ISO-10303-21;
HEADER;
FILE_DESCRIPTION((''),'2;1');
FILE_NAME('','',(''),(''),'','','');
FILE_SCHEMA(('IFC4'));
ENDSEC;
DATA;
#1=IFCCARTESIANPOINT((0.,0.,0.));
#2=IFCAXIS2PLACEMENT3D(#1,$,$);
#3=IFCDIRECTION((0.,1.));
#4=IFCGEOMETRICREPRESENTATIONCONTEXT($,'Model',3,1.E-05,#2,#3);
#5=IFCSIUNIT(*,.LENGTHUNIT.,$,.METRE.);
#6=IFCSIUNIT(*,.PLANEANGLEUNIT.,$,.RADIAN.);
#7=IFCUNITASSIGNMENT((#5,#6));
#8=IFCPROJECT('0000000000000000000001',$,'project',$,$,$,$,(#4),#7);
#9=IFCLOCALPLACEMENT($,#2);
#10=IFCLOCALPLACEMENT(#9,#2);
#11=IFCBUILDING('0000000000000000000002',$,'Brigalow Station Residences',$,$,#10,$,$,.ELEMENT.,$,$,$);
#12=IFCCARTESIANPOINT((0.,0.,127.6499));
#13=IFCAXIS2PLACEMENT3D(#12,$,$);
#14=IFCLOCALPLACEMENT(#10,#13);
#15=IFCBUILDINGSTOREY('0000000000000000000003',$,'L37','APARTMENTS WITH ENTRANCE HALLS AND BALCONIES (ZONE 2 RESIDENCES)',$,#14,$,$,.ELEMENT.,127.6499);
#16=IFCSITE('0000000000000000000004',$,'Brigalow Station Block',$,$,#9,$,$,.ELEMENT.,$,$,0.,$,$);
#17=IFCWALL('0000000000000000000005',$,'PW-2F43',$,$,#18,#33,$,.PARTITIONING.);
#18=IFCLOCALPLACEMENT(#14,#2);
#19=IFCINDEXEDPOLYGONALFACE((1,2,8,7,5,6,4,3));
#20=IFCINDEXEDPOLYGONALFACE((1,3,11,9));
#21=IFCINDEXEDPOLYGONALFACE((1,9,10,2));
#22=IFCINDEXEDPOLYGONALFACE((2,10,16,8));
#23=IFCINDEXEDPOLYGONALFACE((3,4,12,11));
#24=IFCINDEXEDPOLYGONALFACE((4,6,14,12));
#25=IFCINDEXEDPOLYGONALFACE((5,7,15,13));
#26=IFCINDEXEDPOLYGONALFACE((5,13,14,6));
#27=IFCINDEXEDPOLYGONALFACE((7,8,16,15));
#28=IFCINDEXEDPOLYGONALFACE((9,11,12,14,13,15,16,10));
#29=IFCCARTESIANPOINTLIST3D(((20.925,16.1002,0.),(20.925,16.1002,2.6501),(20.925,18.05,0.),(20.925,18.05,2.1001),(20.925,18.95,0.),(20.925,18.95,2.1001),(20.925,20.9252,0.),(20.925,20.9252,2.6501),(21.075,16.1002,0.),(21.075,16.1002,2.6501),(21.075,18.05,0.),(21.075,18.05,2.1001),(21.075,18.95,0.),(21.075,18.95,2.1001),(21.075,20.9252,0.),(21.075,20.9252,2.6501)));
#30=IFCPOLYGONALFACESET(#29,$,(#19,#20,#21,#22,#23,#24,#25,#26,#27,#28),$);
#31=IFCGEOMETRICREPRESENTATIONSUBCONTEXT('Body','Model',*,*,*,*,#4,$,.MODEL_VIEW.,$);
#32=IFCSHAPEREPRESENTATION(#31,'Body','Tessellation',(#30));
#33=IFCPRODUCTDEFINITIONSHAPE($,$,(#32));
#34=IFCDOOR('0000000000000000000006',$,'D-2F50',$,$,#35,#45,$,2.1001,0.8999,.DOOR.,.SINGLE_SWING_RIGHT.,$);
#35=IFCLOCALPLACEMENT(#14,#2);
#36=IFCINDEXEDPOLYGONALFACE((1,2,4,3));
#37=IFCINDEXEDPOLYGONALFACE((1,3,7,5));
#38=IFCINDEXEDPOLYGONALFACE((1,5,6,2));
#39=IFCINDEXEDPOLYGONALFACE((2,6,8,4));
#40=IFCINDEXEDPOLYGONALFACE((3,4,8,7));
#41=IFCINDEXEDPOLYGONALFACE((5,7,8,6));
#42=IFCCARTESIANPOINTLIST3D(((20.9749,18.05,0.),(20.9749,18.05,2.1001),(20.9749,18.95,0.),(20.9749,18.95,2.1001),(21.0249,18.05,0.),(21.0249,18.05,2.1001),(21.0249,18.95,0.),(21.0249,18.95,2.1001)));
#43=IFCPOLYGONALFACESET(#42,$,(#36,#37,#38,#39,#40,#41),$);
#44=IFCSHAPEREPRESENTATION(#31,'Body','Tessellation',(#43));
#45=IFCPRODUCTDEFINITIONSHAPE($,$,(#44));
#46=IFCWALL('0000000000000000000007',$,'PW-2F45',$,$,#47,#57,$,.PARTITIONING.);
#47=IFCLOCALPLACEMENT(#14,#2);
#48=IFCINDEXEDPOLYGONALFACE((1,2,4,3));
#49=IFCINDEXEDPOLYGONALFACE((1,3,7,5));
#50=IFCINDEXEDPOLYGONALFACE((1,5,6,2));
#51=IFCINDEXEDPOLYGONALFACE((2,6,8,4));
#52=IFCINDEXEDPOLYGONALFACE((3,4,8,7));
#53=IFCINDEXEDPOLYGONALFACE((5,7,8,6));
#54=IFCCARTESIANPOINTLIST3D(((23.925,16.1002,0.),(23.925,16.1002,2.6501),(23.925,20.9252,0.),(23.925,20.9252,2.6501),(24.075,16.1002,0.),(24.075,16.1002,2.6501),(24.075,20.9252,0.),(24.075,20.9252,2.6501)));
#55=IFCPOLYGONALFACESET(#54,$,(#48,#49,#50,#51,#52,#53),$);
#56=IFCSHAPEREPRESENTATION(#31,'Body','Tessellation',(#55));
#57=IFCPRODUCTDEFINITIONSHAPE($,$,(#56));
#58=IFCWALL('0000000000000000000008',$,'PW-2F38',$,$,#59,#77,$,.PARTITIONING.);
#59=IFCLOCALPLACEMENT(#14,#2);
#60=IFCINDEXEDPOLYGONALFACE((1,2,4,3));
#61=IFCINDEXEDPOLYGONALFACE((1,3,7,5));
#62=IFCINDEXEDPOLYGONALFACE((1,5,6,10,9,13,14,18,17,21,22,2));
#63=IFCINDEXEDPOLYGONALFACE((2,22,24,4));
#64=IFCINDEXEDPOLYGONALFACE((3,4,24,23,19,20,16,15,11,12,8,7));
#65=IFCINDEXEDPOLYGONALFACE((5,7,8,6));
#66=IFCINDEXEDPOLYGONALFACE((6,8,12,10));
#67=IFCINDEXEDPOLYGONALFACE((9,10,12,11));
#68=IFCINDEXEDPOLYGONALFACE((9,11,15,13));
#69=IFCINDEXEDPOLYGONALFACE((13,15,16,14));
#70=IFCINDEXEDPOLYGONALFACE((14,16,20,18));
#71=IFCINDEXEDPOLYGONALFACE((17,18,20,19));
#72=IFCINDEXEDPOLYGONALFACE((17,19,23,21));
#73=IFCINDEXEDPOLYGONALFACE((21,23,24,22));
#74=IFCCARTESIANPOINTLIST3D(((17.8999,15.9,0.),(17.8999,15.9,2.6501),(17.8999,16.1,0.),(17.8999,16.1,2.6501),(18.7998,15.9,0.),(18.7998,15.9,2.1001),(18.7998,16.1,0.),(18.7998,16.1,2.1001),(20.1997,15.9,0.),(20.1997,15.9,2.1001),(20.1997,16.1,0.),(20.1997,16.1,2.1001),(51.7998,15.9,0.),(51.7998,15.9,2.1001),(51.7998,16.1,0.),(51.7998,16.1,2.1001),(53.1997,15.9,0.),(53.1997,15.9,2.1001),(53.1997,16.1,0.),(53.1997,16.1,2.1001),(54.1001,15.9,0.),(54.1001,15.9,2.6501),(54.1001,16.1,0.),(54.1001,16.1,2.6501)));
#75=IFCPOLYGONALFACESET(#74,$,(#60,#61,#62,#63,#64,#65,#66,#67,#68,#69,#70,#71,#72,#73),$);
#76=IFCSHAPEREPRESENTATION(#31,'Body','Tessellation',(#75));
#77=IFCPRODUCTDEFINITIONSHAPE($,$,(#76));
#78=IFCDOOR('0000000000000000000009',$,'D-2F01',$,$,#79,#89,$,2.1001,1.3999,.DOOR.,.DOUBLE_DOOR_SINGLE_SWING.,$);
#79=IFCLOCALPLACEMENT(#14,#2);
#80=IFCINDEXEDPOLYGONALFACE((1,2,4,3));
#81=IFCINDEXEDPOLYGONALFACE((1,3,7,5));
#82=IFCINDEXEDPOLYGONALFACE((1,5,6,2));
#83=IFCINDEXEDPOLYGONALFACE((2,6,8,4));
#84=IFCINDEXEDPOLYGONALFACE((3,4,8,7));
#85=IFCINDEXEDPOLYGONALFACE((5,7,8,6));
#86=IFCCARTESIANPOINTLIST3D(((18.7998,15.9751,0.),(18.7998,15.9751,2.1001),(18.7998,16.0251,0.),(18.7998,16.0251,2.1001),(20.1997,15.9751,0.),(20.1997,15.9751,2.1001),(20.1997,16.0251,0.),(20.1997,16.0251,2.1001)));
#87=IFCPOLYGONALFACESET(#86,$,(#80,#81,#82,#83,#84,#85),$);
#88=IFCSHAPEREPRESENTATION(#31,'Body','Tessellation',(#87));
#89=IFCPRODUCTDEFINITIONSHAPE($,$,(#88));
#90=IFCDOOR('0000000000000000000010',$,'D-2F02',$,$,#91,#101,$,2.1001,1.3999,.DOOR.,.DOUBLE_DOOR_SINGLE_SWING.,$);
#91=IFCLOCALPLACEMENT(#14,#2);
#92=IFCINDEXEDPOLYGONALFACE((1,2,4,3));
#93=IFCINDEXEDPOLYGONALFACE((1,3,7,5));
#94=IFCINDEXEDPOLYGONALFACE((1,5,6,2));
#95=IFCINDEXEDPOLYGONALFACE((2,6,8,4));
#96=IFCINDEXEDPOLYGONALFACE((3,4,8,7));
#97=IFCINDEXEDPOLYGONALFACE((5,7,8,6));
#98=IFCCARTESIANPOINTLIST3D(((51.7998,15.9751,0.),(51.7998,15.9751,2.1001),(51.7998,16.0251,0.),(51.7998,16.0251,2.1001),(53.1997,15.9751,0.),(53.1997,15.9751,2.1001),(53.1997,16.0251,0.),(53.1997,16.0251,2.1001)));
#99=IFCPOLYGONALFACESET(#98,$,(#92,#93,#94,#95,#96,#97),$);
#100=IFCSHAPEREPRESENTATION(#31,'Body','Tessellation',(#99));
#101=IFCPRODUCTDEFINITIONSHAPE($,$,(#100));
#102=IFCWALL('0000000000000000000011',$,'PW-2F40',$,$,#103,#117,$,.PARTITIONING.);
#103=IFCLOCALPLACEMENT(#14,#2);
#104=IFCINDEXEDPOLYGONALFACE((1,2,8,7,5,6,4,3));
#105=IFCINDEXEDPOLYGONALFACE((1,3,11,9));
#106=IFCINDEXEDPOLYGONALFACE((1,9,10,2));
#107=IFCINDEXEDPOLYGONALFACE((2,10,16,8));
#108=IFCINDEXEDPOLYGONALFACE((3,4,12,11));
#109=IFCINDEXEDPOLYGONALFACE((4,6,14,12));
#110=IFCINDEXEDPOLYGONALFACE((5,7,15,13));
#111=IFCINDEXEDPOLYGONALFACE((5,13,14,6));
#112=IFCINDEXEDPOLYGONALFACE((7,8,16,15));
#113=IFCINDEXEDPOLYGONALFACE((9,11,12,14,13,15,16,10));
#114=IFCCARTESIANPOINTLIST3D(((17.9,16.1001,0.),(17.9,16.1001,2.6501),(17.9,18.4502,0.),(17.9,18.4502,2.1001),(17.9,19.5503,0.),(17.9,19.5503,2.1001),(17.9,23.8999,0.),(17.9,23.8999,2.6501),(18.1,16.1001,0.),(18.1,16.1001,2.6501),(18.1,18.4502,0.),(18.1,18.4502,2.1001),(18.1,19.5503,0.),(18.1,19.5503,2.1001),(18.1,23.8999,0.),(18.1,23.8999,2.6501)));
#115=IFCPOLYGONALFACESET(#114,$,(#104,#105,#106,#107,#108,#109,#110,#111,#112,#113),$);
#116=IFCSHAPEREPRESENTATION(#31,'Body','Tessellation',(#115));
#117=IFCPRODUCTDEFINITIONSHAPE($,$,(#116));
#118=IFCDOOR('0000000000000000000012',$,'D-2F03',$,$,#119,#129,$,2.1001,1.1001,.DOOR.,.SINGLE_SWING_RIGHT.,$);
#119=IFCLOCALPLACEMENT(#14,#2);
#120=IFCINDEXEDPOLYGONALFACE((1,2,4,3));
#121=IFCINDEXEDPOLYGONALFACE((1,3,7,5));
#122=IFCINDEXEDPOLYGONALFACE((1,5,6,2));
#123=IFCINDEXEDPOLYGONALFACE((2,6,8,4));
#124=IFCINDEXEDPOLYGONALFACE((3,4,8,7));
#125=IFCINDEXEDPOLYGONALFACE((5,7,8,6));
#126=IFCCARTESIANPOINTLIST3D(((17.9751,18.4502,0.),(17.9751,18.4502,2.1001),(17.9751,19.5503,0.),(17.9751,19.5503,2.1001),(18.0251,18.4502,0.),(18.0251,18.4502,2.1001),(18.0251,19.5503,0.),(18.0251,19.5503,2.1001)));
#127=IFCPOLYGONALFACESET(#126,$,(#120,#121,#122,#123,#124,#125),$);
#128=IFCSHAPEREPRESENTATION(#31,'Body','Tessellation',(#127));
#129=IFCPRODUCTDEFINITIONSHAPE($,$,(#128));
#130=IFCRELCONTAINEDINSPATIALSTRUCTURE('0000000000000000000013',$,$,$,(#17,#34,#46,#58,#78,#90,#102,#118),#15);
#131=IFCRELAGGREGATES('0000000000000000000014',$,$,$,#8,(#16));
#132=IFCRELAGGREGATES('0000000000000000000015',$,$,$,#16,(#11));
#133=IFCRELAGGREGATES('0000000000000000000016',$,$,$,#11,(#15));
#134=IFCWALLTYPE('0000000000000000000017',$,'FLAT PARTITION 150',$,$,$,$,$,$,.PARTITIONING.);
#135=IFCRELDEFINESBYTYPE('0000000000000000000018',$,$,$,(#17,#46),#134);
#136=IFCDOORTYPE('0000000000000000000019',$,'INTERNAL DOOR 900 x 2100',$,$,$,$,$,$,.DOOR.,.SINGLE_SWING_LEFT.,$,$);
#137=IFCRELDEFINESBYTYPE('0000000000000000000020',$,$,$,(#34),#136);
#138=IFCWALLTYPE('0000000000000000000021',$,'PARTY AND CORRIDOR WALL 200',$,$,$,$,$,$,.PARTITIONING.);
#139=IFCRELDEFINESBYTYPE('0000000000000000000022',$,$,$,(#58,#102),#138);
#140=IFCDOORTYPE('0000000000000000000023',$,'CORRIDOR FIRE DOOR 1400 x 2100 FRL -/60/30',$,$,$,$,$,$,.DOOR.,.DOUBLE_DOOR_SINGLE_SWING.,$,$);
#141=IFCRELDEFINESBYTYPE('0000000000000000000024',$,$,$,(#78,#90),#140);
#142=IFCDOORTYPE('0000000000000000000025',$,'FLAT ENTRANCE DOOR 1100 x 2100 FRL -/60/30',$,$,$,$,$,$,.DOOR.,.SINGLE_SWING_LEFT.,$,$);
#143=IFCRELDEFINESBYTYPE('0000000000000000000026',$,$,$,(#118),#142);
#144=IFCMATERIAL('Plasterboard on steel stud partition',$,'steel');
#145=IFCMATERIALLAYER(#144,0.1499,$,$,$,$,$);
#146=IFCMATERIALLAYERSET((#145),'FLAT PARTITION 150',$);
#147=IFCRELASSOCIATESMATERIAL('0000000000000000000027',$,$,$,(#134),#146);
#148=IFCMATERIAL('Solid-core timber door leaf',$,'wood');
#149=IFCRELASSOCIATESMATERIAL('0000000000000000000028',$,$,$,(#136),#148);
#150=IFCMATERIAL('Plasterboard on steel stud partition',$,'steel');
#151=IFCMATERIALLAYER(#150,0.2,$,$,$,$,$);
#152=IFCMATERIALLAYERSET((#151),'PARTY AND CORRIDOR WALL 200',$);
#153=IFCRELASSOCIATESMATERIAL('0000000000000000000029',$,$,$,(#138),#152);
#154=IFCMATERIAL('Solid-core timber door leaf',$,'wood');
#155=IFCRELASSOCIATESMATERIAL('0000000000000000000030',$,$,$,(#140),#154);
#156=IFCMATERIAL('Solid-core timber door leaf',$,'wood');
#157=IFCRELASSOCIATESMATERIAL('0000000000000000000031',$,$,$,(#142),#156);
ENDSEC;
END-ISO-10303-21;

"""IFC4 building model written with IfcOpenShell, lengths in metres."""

from ifc_helpers import new_model, si_unit, direction, frame, frame_2d, origin, place, context, subcontext, project, spatial, rectangle, extrude, material, layer, layer_set, type_object, element, fill, save


model = new_model("IFC4")

# Units and contexts
model_context = context("Model", 3, precision=1e-05, world=origin(), true_north=direction((0.0, 1.0)))
body_context = subcontext(model_context, "Body", "Model", "MODEL_VIEW")
ifc_project = project(units=[si_unit("LENGTHUNIT", "METRE"), si_unit("PLANEANGLEUNIT", "RADIAN")], contexts=[model_context])

# Site, building, storey
site_placement = place(None, origin())
site = spatial("IfcSite", under=ifc_project, at=site_placement, Name="Brigalow Station Block", CompositionType="ELEMENT", RefElevation=0.0)
building_placement = place(site_placement, origin())
building = spatial("IfcBuilding", under=site, at=building_placement, Name="Brigalow Station Residences", CompositionType="ELEMENT")
storey_placement = place(building_placement, frame((0.0, 0.0, 127.6499)))
storey = spatial("IfcBuildingStorey", under=building, at=storey_placement, Name="L37", Description="APARTMENTS WITH ENTRANCE HALLS AND BALCONIES (ZONE 2 RESIDENCES)", CompositionType="ELEMENT", Elevation=127.6499)

# Shared definitions
ifc_material_1 = material(Name="Plasterboard on steel stud partition", Category="steel")
ifc_layer_1 = layer(ifc_material_1, 0.1499)
ifc_layer_set_1 = layer_set([ifc_layer_1], Name="FLAT PARTITION 150")
wall_type_1 = type_object("IfcWallType", Name="FLAT PARTITION 150", PredefinedType="PARTITIONING", material=ifc_layer_set_1)
ifc_material_2 = material(Name="Solid-core timber door leaf", Category="wood")
door_type_1 = type_object("IfcDoorType", Name="INTERNAL DOOR 900 x 2100", OperationType="SINGLE_SWING_LEFT", PredefinedType="DOOR", material=ifc_material_2)

# Wall, opening, door
wall_1_placement = place(storey_placement, frame((21.0, 16.1001, 0.0), z_axis=(0.0, 0.0, 1.0), x_axis=(0.0, 1.0, 0.0)))
wall_1 = element("IfcWall", 1, at=wall_1_placement, inside=storey, type_object=wall_type_1, Name="PW-2F43", PredefinedType="PARTITIONING", context=body_context, shape_type="SweptSolid", body=[
    extrude(rectangle(XDim=4.825, YDim=0.1499, at=frame_2d((2.4126, 0.0))), origin(), (0.0, 0.0, 1.0), 2.6501),
])
opening_1_placement = place(wall_1_placement, frame((1.95, 0.0, 0.0)))
opening_1 = element("IfcOpeningElement", 2, at=opening_1_placement, cuts=wall_1, PredefinedType="OPENING", context=body_context, shape_type="SweptSolid", body=[
    extrude(rectangle(XDim=0.8999, YDim=2.1001, at=frame_2d((0.45, 1.05))), frame((0.0, 0.085, 0.0), z_axis=(0.0, -1.0, 0.0), x_axis=(1.0, 0.0, 0.0)), (0.0, 0.0, 1.0), 0.1699),
])
door_1_placement = place(opening_1_placement, frame((0.8999, 0.0, 0.0), z_axis=(0.0, 0.0, 1.0), x_axis=(-1.0, 0.0, 0.0)))
door_1 = element("IfcDoor", 3, at=door_1_placement, inside=storey, type_object=door_type_1, Name="D-2F50", OperationType="SINGLE_SWING_RIGHT", OverallHeight=2.1001, OverallWidth=0.8999, PredefinedType="DOOR", context=body_context, shape_type="SweptSolid", body=[
    extrude(rectangle(XDim=0.8999, YDim=2.1001, at=frame_2d((0.45, 1.05))), frame((0.0, 0.0249, 0.0), z_axis=(0.0, -1.0, 0.0), x_axis=(1.0, 0.0, 0.0)), (0.0, 0.0, 1.0), 0.05),
])
fill(opening_1, door_1)

# Wall
wall_2_placement = place(storey_placement, frame((24.0, 16.1001, 0.0), z_axis=(0.0, 0.0, 1.0), x_axis=(0.0, 1.0, 0.0)))
element("IfcWall", 4, at=wall_2_placement, inside=storey, type_object=wall_type_1, Name="PW-2F45", PredefinedType="PARTITIONING", context=body_context, shape_type="SweptSolid", body=[
    extrude(rectangle(XDim=4.825, YDim=0.1499, at=frame_2d((2.4126, 0.0))), origin(), (0.0, 0.0, 1.0), 2.6501),
])

# Wall, openings, doors
ifc_material_3 = material(Name="Plasterboard on steel stud partition", Category="steel")
ifc_layer_2 = layer(ifc_material_3, 0.2)
ifc_layer_set_2 = layer_set([ifc_layer_2], Name="PARTY AND CORRIDOR WALL 200")
wall_type_2 = type_object("IfcWallType", Name="PARTY AND CORRIDOR WALL 200", PredefinedType="PARTITIONING", material=ifc_layer_set_2)
wall_3_placement = place(storey_placement, frame((17.8999, 16.0, 0.0), z_axis=(0.0, 0.0, 1.0), x_axis=(1.0, 0.0, 0.0)))
wall_3 = element("IfcWall", 5, at=wall_3_placement, inside=storey, type_object=wall_type_2, Name="PW-2F38", PredefinedType="PARTITIONING", context=body_context, shape_type="SweptSolid", body=[
    extrude(rectangle(XDim=36.2002, YDim=0.2, at=frame_2d((18.1001, 0.0))), origin(), (0.0, 0.0, 1.0), 2.6501),
])
opening_2_placement = place(wall_3_placement, frame((0.8999, 0.0, 0.0)))
opening_2 = element("IfcOpeningElement", 6, at=opening_2_placement, cuts=wall_3, PredefinedType="OPENING", context=body_context, shape_type="SweptSolid", body=[
    extrude(rectangle(XDim=1.3999, YDim=2.1001, at=frame_2d((0.7, 1.05))), frame((0.0, 0.1099, 0.0), z_axis=(0.0, -1.0, 0.0), x_axis=(1.0, 0.0, 0.0)), (0.0, 0.0, 1.0), 0.22),
])
opening_3_placement = place(wall_3_placement, frame((33.8999, 0.0, 0.0)))
opening_3 = element("IfcOpeningElement", 7, at=opening_3_placement, cuts=wall_3, PredefinedType="OPENING", context=body_context, shape_type="SweptSolid", body=[
    extrude(rectangle(XDim=1.3999, YDim=2.1001, at=frame_2d((0.7, 1.05))), frame((0.0, 0.1099, 0.0), z_axis=(0.0, -1.0, 0.0), x_axis=(1.0, 0.0, 0.0)), (0.0, 0.0, 1.0), 0.22),
])
ifc_material_4 = material(Name="Solid-core timber door leaf", Category="wood")
door_type_2 = type_object("IfcDoorType", Name="CORRIDOR FIRE DOOR 1400 x 2100 FRL -/60/30", OperationType="DOUBLE_DOOR_SINGLE_SWING", PredefinedType="DOOR", material=ifc_material_4)
door_2_placement = place(opening_2_placement, frame((1.3999, 0.0, 0.0), z_axis=(0.0, 0.0, 1.0), x_axis=(-1.0, 0.0, 0.0)))
door_2 = element("IfcDoor", 8, at=door_2_placement, inside=storey, type_object=door_type_2, Name="D-2F01", OperationType="DOUBLE_DOOR_SINGLE_SWING", OverallHeight=2.1001, OverallWidth=1.3999, PredefinedType="DOOR", context=body_context, shape_type="SweptSolid", body=[
    extrude(rectangle(XDim=1.3999, YDim=2.1001, at=frame_2d((0.7, 1.05))), frame((0.0, 0.0249, 0.0), z_axis=(0.0, -1.0, 0.0), x_axis=(1.0, 0.0, 0.0)), (0.0, 0.0, 1.0), 0.05),
])
fill(opening_2, door_2)
door_3_placement = place(opening_3_placement, frame((1.3999, 0.0, 0.0), z_axis=(0.0, 0.0, 1.0), x_axis=(-1.0, 0.0, 0.0)))
door_3 = element("IfcDoor", 9, at=door_3_placement, inside=storey, type_object=door_type_2, Name="D-2F02", OperationType="DOUBLE_DOOR_SINGLE_SWING", OverallHeight=2.1001, OverallWidth=1.3999, PredefinedType="DOOR", context=body_context, shape_type="SweptSolid", body=[
    extrude(rectangle(XDim=1.3999, YDim=2.1001, at=frame_2d((0.7, 1.05))), frame((0.0, 0.0249, 0.0), z_axis=(0.0, -1.0, 0.0), x_axis=(1.0, 0.0, 0.0)), (0.0, 0.0, 1.0), 0.05),
])
fill(opening_3, door_3)

# Wall, opening, door
wall_4_placement = place(storey_placement, frame((18.0, 16.1001, 0.0), z_axis=(0.0, 0.0, 1.0), x_axis=(0.0, 1.0, 0.0)))
wall_4 = element("IfcWall", 10, at=wall_4_placement, inside=storey, type_object=wall_type_2, Name="PW-2F40", PredefinedType="PARTITIONING", context=body_context, shape_type="SweptSolid", body=[
    extrude(rectangle(XDim=7.7998, YDim=0.2, at=frame_2d((3.8999, 0.0))), origin(), (0.0, 0.0, 1.0), 2.6501),
])
opening_4_placement = place(wall_4_placement, frame((2.3501, 0.0, 0.0)))
opening_4 = element("IfcOpeningElement", 11, at=opening_4_placement, cuts=wall_4, PredefinedType="OPENING", context=body_context, shape_type="SweptSolid", body=[
    extrude(rectangle(XDim=1.1001, YDim=2.1001, at=frame_2d((0.55, 1.05))), frame((0.0, 0.1099, 0.0), z_axis=(0.0, -1.0, 0.0), x_axis=(1.0, 0.0, 0.0)), (0.0, 0.0, 1.0), 0.22),
])
ifc_material_5 = material(Name="Solid-core timber door leaf", Category="wood")
door_type_3 = type_object("IfcDoorType", Name="FLAT ENTRANCE DOOR 1100 x 2100 FRL -/60/30", OperationType="SINGLE_SWING_LEFT", PredefinedType="DOOR", material=ifc_material_5)
door_4_placement = place(opening_4_placement, origin())
door_4 = element("IfcDoor", 12, at=door_4_placement, inside=storey, type_object=door_type_3, Name="D-2F03", OperationType="SINGLE_SWING_RIGHT", OverallHeight=2.1001, OverallWidth=1.1001, PredefinedType="DOOR", context=body_context, shape_type="SweptSolid", body=[
    extrude(rectangle(XDim=1.1001, YDim=2.1001, at=frame_2d((0.55, 1.05))), frame((0.0, 0.0249, 0.0), z_axis=(0.0, -1.0, 0.0), x_axis=(1.0, 0.0, 0.0)), (0.0, 0.0, 1.0), 0.05),
])
fill(opening_4, door_4)

save(model, "model.ifc")
